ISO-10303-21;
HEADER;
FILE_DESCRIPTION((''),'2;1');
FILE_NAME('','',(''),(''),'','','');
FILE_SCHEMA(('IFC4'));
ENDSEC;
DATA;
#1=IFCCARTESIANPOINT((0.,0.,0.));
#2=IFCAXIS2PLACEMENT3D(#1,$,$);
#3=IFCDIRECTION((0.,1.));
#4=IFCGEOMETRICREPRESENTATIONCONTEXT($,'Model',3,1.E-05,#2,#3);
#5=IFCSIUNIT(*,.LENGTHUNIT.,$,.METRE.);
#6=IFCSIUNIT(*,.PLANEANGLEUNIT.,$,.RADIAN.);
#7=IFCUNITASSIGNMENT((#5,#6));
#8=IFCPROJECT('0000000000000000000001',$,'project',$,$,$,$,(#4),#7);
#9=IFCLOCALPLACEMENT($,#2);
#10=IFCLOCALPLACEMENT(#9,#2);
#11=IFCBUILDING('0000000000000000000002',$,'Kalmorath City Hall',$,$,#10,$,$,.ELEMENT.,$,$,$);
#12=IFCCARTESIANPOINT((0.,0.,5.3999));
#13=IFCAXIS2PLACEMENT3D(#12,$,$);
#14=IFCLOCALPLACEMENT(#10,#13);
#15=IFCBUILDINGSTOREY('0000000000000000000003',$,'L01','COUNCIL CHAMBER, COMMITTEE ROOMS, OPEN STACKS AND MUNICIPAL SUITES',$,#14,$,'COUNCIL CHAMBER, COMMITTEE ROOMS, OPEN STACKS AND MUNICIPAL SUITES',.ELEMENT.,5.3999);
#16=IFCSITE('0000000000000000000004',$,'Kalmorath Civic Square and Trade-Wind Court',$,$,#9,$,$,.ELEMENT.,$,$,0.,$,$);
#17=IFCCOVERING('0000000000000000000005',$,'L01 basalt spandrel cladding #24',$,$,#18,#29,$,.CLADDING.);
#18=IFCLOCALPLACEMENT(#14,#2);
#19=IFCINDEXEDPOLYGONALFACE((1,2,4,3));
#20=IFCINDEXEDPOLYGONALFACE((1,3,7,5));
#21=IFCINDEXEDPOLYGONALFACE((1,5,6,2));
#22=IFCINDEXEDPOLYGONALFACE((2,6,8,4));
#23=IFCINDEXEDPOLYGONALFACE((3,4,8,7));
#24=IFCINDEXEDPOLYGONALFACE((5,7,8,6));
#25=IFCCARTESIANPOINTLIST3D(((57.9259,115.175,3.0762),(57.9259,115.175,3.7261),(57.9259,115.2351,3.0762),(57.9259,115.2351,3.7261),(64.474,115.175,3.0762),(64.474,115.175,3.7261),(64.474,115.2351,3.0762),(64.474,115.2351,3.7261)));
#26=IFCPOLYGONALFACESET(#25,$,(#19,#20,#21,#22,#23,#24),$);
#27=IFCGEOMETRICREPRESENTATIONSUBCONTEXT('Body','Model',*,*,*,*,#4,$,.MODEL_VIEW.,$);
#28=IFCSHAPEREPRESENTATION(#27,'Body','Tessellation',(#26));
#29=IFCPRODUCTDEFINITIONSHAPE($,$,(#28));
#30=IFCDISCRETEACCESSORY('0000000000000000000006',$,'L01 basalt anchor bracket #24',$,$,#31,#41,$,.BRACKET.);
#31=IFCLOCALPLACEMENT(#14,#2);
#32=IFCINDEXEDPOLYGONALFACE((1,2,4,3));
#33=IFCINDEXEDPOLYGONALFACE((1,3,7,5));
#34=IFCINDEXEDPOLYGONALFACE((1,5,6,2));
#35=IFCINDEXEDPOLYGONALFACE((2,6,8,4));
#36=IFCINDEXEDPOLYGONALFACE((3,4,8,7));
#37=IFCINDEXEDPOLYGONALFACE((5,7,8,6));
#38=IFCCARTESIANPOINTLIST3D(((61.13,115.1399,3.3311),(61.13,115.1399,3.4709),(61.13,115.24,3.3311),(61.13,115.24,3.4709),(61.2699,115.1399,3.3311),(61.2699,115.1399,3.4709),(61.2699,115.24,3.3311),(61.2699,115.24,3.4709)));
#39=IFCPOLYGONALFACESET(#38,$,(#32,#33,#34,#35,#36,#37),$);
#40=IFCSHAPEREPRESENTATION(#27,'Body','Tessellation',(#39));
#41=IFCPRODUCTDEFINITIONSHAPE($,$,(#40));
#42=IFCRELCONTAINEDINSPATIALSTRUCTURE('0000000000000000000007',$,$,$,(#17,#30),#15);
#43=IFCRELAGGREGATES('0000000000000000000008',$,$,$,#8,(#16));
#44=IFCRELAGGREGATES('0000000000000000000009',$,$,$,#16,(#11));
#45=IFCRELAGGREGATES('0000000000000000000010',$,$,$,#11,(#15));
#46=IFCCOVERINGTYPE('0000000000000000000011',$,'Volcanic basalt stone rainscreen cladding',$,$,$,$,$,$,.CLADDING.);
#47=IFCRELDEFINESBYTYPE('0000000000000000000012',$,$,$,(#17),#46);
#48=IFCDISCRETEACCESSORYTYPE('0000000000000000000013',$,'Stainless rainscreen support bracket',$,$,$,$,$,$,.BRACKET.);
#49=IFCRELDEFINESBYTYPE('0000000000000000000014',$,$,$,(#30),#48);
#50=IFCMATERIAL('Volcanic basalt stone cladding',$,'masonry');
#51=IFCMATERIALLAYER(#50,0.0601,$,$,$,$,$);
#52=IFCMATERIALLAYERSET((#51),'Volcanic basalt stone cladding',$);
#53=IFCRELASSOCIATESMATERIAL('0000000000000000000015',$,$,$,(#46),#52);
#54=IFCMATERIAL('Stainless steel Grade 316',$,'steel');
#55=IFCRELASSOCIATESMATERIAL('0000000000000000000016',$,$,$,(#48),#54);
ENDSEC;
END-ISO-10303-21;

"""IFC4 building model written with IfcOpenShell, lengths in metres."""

from ifc_helpers import new_model, si_unit, direction, frame, origin, origin_2d, place, context, subcontext, project, spatial, rectangle, extrude, material, layer, layer_set, type_object, element, save


model = new_model("IFC4")

# Units and contexts
model_context = context("Model", 3, precision=1e-05, world=origin(), true_north=direction((0.0, 1.0)))
body_context = subcontext(model_context, "Body", "Model", "MODEL_VIEW")
ifc_project = project(units=[si_unit("LENGTHUNIT", "METRE"), si_unit("PLANEANGLEUNIT", "RADIAN")], contexts=[model_context])

# Site, building, storey
site_placement = place(None, origin())
site = spatial("IfcSite", under=ifc_project, at=site_placement, Name="Kalmorath Civic Square and Trade-Wind Court", CompositionType="ELEMENT", RefElevation=0.0)
building_placement = place(site_placement, origin())
building = spatial("IfcBuilding", under=site, at=building_placement, Name="Kalmorath City Hall", CompositionType="ELEMENT")
storey_placement = place(building_placement, frame((0.0, 0.0, 5.3999)))
storey = spatial("IfcBuildingStorey", under=building, at=storey_placement, Name="L01", Description="COUNCIL CHAMBER, COMMITTEE ROOMS, OPEN STACKS AND MUNICIPAL SUITES", LongName="COUNCIL CHAMBER, COMMITTEE ROOMS, OPEN STACKS AND MUNICIPAL SUITES", CompositionType="ELEMENT", Elevation=5.3999)

# Covering
ifc_material_1 = material(Name="Volcanic basalt stone cladding", Category="masonry")
ifc_layer_1 = layer(ifc_material_1, 0.0601)
ifc_layer_set_1 = layer_set([ifc_layer_1], Name="Volcanic basalt stone cladding")
covering_type = type_object("IfcCoveringType", Name="Volcanic basalt stone rainscreen cladding", PredefinedType="CLADDING", material=ifc_layer_set_1)
covering_placement = place(storey_placement, frame((61.2, 115.2051, 3.0762), z_axis=(0.0, 0.0, 1.0), x_axis=(1.0, 0.0, 0.0)))
element("IfcCovering", 1, at=covering_placement, inside=storey, type_object=covering_type, Name="L01 basalt spandrel cladding #24", PredefinedType="CLADDING", context=body_context, shape_type="SweptSolid", body=[
    extrude(rectangle(XDim=6.5481, YDim=0.0601, at=origin_2d()), origin(), (0.0, 0.0, 1.0), 0.6499),
])

# Discrete accessory
ifc_material_2 = material(Name="Stainless steel Grade 316", Category="steel")
discrete_accessory_type = type_object("IfcDiscreteAccessoryType", Name="Stainless rainscreen support bracket", PredefinedType="BRACKET", material=ifc_material_2)
discrete_accessory_placement = place(storey_placement, frame((61.2, 115.1899, 3.3311), z_axis=(0.0, 0.0, 1.0), x_axis=(1.0, 0.0, 0.0)))
element("IfcDiscreteAccessory", 2, at=discrete_accessory_placement, inside=storey, type_object=discrete_accessory_type, Name="L01 basalt anchor bracket #24", PredefinedType="BRACKET", context=body_context, shape_type="SweptSolid", body=[
    extrude(rectangle(XDim=0.1399, YDim=0.1001, at=origin_2d()), origin(), (0.0, 0.0, 1.0), 0.1399),
])

save(model, "model.ifc")
